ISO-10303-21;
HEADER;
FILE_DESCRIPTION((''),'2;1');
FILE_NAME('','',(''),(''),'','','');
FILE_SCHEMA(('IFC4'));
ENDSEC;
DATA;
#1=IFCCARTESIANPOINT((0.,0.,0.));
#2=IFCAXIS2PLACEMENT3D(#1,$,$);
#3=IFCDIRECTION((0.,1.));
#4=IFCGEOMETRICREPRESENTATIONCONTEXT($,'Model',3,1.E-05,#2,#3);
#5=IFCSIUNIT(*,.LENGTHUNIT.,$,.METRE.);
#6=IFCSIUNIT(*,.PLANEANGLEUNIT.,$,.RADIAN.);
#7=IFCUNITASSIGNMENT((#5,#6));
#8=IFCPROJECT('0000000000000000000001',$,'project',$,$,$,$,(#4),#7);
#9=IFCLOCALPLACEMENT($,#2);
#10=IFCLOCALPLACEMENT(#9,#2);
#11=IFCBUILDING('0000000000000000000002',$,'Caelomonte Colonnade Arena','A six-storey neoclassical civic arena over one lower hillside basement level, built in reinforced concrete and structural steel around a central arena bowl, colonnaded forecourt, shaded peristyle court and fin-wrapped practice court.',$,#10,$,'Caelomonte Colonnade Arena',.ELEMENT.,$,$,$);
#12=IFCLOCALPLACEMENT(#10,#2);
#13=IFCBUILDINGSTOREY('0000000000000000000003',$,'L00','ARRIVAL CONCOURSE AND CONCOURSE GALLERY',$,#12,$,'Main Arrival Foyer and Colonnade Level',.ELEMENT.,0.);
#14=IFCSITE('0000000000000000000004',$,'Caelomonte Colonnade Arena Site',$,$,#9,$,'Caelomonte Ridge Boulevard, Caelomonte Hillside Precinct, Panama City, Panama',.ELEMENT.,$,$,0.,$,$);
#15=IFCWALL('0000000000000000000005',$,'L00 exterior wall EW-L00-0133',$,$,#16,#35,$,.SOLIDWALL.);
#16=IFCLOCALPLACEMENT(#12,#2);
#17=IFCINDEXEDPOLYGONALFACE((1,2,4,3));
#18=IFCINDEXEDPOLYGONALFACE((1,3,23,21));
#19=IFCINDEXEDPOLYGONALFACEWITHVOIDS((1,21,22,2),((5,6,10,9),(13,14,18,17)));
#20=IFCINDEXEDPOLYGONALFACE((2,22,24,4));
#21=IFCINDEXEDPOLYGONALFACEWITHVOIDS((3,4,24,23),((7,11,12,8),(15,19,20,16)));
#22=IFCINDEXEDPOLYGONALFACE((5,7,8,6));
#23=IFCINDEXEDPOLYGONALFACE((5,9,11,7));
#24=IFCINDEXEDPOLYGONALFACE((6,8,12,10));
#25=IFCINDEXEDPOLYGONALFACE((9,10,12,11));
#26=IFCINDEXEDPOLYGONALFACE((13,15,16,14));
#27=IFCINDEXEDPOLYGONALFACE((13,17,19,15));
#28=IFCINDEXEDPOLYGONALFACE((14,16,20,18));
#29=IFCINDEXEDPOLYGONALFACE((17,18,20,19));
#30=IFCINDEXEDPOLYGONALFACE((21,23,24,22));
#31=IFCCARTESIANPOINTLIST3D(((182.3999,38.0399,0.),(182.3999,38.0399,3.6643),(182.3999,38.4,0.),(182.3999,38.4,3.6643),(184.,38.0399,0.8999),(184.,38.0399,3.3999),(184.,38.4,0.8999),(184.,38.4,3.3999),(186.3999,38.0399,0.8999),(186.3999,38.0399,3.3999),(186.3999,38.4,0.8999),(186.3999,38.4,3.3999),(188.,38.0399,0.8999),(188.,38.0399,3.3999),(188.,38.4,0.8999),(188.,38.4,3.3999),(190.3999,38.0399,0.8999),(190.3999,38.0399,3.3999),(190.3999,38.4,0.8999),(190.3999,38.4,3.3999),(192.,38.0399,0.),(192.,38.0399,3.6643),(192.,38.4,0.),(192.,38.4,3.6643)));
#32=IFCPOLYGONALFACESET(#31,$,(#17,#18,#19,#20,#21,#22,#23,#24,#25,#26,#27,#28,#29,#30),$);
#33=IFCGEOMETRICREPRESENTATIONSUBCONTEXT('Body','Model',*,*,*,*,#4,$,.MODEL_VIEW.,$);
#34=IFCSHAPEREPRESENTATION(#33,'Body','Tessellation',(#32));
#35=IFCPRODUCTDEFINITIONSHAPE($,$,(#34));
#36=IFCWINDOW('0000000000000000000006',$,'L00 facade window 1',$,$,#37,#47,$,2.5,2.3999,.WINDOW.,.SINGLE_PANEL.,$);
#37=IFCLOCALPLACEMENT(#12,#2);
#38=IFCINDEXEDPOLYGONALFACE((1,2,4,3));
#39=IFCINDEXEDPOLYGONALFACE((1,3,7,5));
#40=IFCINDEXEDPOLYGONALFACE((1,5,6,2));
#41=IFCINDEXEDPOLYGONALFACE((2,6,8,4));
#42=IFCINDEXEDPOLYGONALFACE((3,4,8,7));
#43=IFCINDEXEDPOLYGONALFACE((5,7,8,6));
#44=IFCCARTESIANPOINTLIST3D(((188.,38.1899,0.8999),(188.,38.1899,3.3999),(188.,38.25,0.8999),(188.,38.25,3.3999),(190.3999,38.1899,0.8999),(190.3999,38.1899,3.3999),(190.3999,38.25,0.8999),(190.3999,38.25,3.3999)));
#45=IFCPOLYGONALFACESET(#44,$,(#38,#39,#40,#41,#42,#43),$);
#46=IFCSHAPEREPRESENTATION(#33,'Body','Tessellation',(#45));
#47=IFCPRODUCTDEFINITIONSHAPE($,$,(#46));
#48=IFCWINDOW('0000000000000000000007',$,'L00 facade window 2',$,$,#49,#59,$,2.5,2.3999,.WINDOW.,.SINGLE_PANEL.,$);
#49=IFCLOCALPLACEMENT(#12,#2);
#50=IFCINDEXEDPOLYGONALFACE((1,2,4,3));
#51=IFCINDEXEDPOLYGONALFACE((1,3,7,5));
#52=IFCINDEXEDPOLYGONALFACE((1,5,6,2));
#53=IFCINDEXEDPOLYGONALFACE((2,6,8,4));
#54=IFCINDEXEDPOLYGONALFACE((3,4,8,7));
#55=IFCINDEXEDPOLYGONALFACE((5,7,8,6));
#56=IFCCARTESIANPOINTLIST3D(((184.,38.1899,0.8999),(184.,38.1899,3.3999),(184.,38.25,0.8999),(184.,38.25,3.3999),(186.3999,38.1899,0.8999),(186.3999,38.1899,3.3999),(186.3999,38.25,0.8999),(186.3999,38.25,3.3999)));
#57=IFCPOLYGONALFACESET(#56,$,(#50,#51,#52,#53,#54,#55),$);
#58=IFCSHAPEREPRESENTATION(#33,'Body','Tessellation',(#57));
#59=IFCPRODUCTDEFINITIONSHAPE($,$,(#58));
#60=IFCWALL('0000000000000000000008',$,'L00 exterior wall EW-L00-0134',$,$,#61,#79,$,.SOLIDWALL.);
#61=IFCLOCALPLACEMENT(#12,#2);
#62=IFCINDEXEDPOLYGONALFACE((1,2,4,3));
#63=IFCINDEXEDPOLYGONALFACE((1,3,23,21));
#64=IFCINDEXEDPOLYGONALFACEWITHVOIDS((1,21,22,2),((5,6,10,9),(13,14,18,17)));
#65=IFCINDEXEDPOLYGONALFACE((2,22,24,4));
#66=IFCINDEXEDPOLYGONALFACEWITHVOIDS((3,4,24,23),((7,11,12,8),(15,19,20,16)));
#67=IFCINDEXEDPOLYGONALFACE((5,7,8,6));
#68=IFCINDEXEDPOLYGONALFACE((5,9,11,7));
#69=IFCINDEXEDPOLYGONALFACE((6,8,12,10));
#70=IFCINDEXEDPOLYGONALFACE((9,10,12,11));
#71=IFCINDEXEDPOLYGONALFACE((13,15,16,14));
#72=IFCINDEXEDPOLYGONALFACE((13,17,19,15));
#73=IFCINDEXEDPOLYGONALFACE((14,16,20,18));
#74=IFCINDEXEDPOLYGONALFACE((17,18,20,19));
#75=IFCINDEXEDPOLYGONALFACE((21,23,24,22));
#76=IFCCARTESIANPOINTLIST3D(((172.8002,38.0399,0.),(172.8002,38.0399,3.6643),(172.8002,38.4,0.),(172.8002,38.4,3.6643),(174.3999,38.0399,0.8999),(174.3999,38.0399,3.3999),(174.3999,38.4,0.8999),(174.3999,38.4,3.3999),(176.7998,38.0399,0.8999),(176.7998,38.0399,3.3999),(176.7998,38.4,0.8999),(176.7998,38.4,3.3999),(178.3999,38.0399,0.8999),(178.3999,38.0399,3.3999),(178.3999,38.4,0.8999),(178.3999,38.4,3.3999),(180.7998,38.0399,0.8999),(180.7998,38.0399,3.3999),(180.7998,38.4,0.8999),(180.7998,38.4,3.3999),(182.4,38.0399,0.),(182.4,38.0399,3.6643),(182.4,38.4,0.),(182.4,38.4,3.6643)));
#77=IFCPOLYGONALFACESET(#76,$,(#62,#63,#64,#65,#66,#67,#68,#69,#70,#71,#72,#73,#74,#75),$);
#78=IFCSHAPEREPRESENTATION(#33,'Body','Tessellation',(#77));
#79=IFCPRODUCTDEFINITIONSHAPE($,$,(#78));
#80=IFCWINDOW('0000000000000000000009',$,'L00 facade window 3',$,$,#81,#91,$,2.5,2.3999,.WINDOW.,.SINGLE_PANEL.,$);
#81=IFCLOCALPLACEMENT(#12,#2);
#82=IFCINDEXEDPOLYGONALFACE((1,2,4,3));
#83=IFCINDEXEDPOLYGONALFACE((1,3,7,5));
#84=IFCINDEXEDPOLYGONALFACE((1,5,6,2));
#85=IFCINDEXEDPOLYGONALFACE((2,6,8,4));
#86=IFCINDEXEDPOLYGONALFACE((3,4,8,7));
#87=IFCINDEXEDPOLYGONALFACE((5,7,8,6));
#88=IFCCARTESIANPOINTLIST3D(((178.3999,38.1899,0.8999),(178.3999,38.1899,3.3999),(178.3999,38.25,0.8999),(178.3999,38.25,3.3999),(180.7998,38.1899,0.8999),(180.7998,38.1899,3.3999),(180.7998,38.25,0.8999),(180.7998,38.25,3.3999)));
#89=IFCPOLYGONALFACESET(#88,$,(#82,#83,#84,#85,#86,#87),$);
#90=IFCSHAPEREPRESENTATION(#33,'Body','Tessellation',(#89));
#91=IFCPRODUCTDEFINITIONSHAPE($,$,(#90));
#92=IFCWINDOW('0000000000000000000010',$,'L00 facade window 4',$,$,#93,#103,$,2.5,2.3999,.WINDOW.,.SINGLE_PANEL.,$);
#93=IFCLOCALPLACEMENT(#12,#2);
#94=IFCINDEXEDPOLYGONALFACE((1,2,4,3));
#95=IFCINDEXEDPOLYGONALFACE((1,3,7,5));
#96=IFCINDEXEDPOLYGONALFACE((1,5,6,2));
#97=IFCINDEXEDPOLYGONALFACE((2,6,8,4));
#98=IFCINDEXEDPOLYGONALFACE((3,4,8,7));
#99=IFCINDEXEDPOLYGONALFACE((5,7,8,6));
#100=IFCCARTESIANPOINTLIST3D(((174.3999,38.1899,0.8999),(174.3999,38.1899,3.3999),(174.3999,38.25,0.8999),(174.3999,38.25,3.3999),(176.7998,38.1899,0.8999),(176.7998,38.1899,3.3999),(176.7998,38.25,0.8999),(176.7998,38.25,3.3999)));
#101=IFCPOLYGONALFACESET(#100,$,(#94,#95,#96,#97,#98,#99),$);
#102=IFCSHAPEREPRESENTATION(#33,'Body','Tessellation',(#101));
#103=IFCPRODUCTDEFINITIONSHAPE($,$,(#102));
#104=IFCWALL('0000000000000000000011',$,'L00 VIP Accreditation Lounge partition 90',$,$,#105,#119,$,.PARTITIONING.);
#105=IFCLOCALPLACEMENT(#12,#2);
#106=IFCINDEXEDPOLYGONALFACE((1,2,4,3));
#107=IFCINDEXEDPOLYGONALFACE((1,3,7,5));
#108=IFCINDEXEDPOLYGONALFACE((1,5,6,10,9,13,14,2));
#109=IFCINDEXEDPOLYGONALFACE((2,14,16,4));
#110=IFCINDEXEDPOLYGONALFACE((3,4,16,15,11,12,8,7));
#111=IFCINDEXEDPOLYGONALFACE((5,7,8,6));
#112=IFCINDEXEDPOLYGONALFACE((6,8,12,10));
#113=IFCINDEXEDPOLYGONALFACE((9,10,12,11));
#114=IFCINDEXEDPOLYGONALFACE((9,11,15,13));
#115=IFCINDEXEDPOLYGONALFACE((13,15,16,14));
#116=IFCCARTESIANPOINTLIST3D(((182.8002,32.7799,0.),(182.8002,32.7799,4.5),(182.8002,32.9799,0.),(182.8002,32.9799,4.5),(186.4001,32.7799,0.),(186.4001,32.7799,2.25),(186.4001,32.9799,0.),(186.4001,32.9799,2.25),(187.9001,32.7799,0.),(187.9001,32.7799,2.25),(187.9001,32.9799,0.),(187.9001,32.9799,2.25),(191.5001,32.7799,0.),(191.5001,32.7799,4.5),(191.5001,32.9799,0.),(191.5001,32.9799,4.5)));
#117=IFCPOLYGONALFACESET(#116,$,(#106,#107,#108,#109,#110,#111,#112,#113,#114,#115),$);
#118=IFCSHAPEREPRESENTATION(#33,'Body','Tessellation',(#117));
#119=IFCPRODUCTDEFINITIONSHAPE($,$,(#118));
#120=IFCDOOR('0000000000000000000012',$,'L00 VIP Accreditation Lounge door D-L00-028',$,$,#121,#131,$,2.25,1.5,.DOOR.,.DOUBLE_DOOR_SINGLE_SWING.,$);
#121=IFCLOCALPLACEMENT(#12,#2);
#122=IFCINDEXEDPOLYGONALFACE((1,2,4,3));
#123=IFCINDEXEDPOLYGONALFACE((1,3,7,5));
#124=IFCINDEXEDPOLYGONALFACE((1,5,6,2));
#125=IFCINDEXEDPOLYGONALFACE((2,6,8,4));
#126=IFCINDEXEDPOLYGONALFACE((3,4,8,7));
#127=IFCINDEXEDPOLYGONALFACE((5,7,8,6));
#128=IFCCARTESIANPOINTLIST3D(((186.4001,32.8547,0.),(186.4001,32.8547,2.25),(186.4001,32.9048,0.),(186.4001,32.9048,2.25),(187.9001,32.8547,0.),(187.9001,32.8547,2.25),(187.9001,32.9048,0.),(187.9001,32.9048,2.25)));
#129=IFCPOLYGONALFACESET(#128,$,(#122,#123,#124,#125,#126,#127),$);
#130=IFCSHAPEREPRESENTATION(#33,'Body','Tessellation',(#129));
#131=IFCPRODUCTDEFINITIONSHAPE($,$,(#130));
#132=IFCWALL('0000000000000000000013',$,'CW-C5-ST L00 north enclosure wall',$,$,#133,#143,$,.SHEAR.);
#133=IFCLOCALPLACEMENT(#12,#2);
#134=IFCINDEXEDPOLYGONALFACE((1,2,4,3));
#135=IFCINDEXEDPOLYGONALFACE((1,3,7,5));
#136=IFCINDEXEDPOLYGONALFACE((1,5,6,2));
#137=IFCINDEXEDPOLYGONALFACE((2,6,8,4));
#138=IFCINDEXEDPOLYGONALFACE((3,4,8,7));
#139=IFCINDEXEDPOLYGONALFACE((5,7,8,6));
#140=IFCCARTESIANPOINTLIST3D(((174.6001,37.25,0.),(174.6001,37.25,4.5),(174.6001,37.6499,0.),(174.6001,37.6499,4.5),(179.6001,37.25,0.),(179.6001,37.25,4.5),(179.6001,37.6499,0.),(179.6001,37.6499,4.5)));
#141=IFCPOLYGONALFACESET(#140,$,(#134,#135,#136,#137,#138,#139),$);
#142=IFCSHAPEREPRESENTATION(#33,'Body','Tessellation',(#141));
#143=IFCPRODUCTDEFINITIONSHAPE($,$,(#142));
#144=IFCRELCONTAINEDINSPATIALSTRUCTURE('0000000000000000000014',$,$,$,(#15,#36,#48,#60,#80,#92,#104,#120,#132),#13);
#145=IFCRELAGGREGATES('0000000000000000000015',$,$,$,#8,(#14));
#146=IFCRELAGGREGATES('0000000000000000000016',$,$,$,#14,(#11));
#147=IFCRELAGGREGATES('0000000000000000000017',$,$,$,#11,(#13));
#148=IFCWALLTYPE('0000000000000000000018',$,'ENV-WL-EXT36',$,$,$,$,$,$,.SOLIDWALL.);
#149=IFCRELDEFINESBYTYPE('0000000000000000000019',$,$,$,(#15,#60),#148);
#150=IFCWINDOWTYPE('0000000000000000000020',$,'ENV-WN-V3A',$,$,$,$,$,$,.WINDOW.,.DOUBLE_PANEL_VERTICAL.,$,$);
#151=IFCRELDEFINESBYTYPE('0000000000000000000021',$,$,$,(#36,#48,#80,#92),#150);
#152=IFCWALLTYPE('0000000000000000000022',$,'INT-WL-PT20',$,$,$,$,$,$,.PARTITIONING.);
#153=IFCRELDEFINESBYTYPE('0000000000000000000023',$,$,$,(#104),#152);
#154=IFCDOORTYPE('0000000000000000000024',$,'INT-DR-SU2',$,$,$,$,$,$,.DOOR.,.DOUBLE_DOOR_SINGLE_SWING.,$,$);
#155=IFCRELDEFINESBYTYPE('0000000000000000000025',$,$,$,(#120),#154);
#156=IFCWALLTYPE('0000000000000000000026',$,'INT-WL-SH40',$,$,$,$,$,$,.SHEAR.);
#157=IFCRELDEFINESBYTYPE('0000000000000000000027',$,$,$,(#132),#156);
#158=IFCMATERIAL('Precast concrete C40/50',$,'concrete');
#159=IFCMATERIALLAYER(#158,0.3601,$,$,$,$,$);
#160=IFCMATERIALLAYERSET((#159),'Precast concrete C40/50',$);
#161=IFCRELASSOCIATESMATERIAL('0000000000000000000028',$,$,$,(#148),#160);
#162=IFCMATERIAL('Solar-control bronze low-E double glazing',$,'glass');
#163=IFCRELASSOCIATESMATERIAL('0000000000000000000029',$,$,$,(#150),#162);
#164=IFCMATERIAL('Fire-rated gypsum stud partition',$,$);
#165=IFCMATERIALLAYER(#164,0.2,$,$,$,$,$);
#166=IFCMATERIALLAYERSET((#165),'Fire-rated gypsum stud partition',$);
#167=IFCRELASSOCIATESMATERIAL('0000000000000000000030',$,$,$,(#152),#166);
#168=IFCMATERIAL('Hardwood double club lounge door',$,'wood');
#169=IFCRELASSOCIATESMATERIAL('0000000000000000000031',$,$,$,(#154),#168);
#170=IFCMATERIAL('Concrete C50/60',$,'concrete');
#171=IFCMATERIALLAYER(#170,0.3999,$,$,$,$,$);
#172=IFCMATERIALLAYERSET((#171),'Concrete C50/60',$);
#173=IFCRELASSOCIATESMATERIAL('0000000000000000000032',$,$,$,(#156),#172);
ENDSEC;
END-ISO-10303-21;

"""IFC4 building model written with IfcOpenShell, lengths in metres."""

from ifc_helpers import new_model, si_unit, direction, frame, frame_2d, origin, place, context, subcontext, project, spatial, rectangle, extrude, material, layer, layer_set, type_object, element, fill, save


model = new_model("IFC4")

# Units and contexts
model_context = context("Model", 3, precision=1e-05, world=origin(), true_north=direction((0.0, 1.0)))
body_context = subcontext(model_context, "Body", "Model", "MODEL_VIEW")
ifc_project = project(units=[si_unit("LENGTHUNIT", "METRE"), si_unit("PLANEANGLEUNIT", "RADIAN")], contexts=[model_context])

# Site, building, storey
site_placement = place(None, origin())
site = spatial("IfcSite", under=ifc_project, at=site_placement, Name="Caelomonte Colonnade Arena Site", LongName="Caelomonte Ridge Boulevard, Caelomonte Hillside Precinct, Panama City, Panama", CompositionType="ELEMENT", RefElevation=0.0)
building_placement = place(site_placement, origin())
building = spatial("IfcBuilding", under=site, at=building_placement, Name="Caelomonte Colonnade Arena", Description="A six-storey neoclassical civic arena over one lower hillside basement level, built in reinforced concrete and structural steel around a central arena bowl, colonnaded forecourt, shaded peristyle court and fin-wrapped practice court.", LongName="Caelomonte Colonnade Arena", CompositionType="ELEMENT")
storey_placement = place(building_placement, origin())
storey = spatial("IfcBuildingStorey", under=building, at=storey_placement, Name="L00", Description="ARRIVAL CONCOURSE AND CONCOURSE GALLERY", LongName="Main Arrival Foyer and Colonnade Level", CompositionType="ELEMENT", Elevation=0.0)

# Walls, openings, windows
ifc_material_1 = material(Name="Precast concrete C40/50", Category="concrete")
ifc_material_2 = material(Name="Solar-control bronze low-E double glazing", Category="glass")
ifc_layer_1 = layer(ifc_material_1, 0.3601)
ifc_layer_set_1 = layer_set([ifc_layer_1], Name="Precast concrete C40/50")
wall_type_1 = type_object("IfcWallType", Name="ENV-WL-EXT36", PredefinedType="SOLIDWALL", material=ifc_layer_set_1)
wall_1_placement = place(storey_placement, frame((192.0, 38.22, 0.0), z_axis=(0.0, 0.0, 1.0), x_axis=(-1.0, 0.0, 0.0)))
wall_1 = element("IfcWall", 1, at=wall_1_placement, inside=storey, type_object=wall_type_1, Name="L00 exterior wall EW-L00-0133", PredefinedType="SOLIDWALL", context=body_context, shape_type="SweptSolid", body=[
    extrude(rectangle(XDim=9.6001, YDim=0.3601, at=frame_2d((4.8, 0.0))), origin(), (0.0, 0.0, 1.0), 3.6643),
])
opening_1_placement = place(wall_1_placement, frame((4.0, 0.0, 0.8999), z_axis=(0.0, 0.0, 1.0), x_axis=(-1.0, 0.0, 0.0)))
opening_1 = element("IfcOpeningElement", 2, at=opening_1_placement, cuts=wall_1, PredefinedType="OPENING", context=body_context, shape_type="SweptSolid", body=[
    extrude(rectangle(XDim=2.3999, YDim=2.5, at=frame_2d((1.2, 1.25))), frame((0.0, 0.1899, 0.0), z_axis=(0.0, -1.0, 0.0), x_axis=(1.0, 0.0, 0.0)), (0.0, 0.0, 1.0), 0.3801),
])
opening_2_placement = place(wall_1_placement, frame((8.0, 0.0, 0.8999), z_axis=(0.0, 0.0, 1.0), x_axis=(-1.0, 0.0, 0.0)))
opening_2 = element("IfcOpeningElement", 3, at=opening_2_placement, cuts=wall_1, PredefinedType="OPENING", context=body_context, shape_type="SweptSolid", body=[
    extrude(rectangle(XDim=2.3999, YDim=2.5, at=frame_2d((1.2, 1.25))), frame((0.0, 0.1899, 0.0), z_axis=(0.0, -1.0, 0.0), x_axis=(1.0, 0.0, 0.0)), (0.0, 0.0, 1.0), 0.3801),
])
window_type_1 = type_object("IfcWindowType", Name="ENV-WN-V3A", PartitioningType="DOUBLE_PANEL_VERTICAL", PredefinedType="WINDOW", material=ifc_material_2)
window_1_placement = place(opening_1_placement, origin())
window_1 = element("IfcWindow", 4, at=window_1_placement, inside=storey, type_object=window_type_1, Name="L00 facade window 1", OverallHeight=2.5, OverallWidth=2.3999, PartitioningType="SINGLE_PANEL", PredefinedType="WINDOW", context=body_context, shape_type="SweptSolid", body=[
    extrude(rectangle(XDim=2.3999, YDim=2.5, at=frame_2d((1.2, 1.25))), frame((0.0, 0.03, 0.0), z_axis=(0.0, -1.0, 0.0), x_axis=(1.0, 0.0, 0.0)), (0.0, 0.0, 1.0), 0.0601),
])
fill(opening_1, window_1)
window_2_placement = place(opening_2_placement, origin())
window_2 = element("IfcWindow", 5, at=window_2_placement, inside=storey, type_object=window_type_1, Name="L00 facade window 2", OverallHeight=2.5, OverallWidth=2.3999, PartitioningType="SINGLE_PANEL", PredefinedType="WINDOW", context=body_context, shape_type="SweptSolid", body=[
    extrude(rectangle(XDim=2.3999, YDim=2.5, at=frame_2d((1.2, 1.25))), frame((0.0, 0.03, 0.0), z_axis=(0.0, -1.0, 0.0), x_axis=(1.0, 0.0, 0.0)), (0.0, 0.0, 1.0), 0.0601),
])
fill(opening_2, window_2)
wall_2_placement = place(storey_placement, frame((182.3999, 38.22, 0.0), z_axis=(0.0, 0.0, 1.0), x_axis=(-1.0, 0.0, 0.0)))
wall_2 = element("IfcWall", 6, at=wall_2_placement, inside=storey, type_object=wall_type_1, Name="L00 exterior wall EW-L00-0134", PredefinedType="SOLIDWALL", context=body_context, shape_type="SweptSolid", body=[
    extrude(rectangle(XDim=9.5999, YDim=0.3601, at=frame_2d((4.7998, 0.0))), origin(), (0.0, 0.0, 1.0), 3.6643),
])
opening_3_placement = place(wall_2_placement, frame((4.0, 0.0, 0.8999), z_axis=(0.0, 0.0, 1.0), x_axis=(-1.0, 0.0, 0.0)))
opening_3 = element("IfcOpeningElement", 7, at=opening_3_placement, cuts=wall_2, PredefinedType="OPENING", context=body_context, shape_type="SweptSolid", body=[
    extrude(rectangle(XDim=2.3999, YDim=2.5, at=frame_2d((1.2, 1.25))), frame((0.0, 0.1899, 0.0), z_axis=(0.0, -1.0, 0.0), x_axis=(1.0, 0.0, 0.0)), (0.0, 0.0, 1.0), 0.3801),
])
opening_4_placement = place(wall_2_placement, frame((8.0, 0.0, 0.8999), z_axis=(0.0, 0.0, 1.0), x_axis=(-1.0, 0.0, 0.0)))
opening_4 = element("IfcOpeningElement", 8, at=opening_4_placement, cuts=wall_2, PredefinedType="OPENING", context=body_context, shape_type="SweptSolid", body=[
    extrude(rectangle(XDim=2.3999, YDim=2.5, at=frame_2d((1.2, 1.25))), frame((0.0, 0.1899, 0.0), z_axis=(0.0, -1.0, 0.0), x_axis=(1.0, 0.0, 0.0)), (0.0, 0.0, 1.0), 0.3801),
])
window_3_placement = place(opening_3_placement, origin())
window_3 = element("IfcWindow", 9, at=window_3_placement, inside=storey, type_object=window_type_1, Name="L00 facade window 3", OverallHeight=2.5, OverallWidth=2.3999, PartitioningType="SINGLE_PANEL", PredefinedType="WINDOW", context=body_context, shape_type="SweptSolid", body=[
    extrude(rectangle(XDim=2.3999, YDim=2.5, at=frame_2d((1.2, 1.25))), frame((0.0, 0.03, 0.0), z_axis=(0.0, -1.0, 0.0), x_axis=(1.0, 0.0, 0.0)), (0.0, 0.0, 1.0), 0.0601),
])
fill(opening_3, window_3)
window_4_placement = place(opening_4_placement, origin())
window_4 = element("IfcWindow", 10, at=window_4_placement, inside=storey, type_object=window_type_1, Name="L00 facade window 4", OverallHeight=2.5, OverallWidth=2.3999, PartitioningType="SINGLE_PANEL", PredefinedType="WINDOW", context=body_context, shape_type="SweptSolid", body=[
    extrude(rectangle(XDim=2.3999, YDim=2.5, at=frame_2d((1.2, 1.25))), frame((0.0, 0.03, 0.0), z_axis=(0.0, -1.0, 0.0), x_axis=(1.0, 0.0, 0.0)), (0.0, 0.0, 1.0), 0.0601),
])
fill(opening_4, window_4)

# Wall, opening, door
ifc_material_3 = material(Name="Fire-rated gypsum stud partition")
ifc_layer_2 = layer(ifc_material_3, 0.2)
ifc_layer_set_2 = layer_set([ifc_layer_2], Name="Fire-rated gypsum stud partition")
wall_type_2 = type_object("IfcWallType", Name="INT-WL-PT20", PredefinedType="PARTITIONING", material=ifc_layer_set_2)
wall_3_placement = place(storey_placement, frame((182.8, 32.8799, 0.0), z_axis=(0.0, 0.0, 1.0), x_axis=(1.0, 0.0, 0.0)))
wall_3 = element("IfcWall", 11, at=wall_3_placement, inside=storey, type_object=wall_type_2, Name="L00 VIP Accreditation Lounge partition 90", PredefinedType="PARTITIONING", context=body_context, shape_type="SweptSolid", body=[
    extrude(rectangle(XDim=8.7, YDim=0.2, at=frame_2d((4.3501, 0.0))), origin(), (0.0, 0.0, 1.0), 4.5),
])
opening_5_placement = place(wall_3_placement, frame((3.6001, 0.0, 0.0), z_axis=(0.0, 0.0, 1.0), x_axis=(1.0, 0.0, 0.0)))
opening_5 = element("IfcOpeningElement", 12, at=opening_5_placement, cuts=wall_3, PredefinedType="OPENING", context=body_context, shape_type="SweptSolid", body=[
    extrude(rectangle(XDim=1.5, YDim=2.25, at=frame_2d((0.75, 1.125))), frame((0.0, 0.1099, 0.0), z_axis=(0.0, -1.0, 0.0), x_axis=(1.0, 0.0, 0.0)), (0.0, 0.0, 1.0), 0.22),
])
ifc_material_4 = material(Name="Hardwood double club lounge door", Category="wood")
door_type = type_object("IfcDoorType", Name="INT-DR-SU2", OperationType="DOUBLE_DOOR_SINGLE_SWING", PredefinedType="DOOR", material=ifc_material_4)
door_placement = place(opening_5_placement, origin())
door = element("IfcDoor", 13, at=door_placement, inside=storey, type_object=door_type, Name="L00 VIP Accreditation Lounge door D-L00-028", OperationType="DOUBLE_DOOR_SINGLE_SWING", OverallHeight=2.25, OverallWidth=1.5, PredefinedType="DOOR", context=body_context, shape_type="SweptSolid", body=[
    extrude(rectangle(XDim=1.5, YDim=2.25, at=frame_2d((0.75, 1.125))), frame((0.0, 0.0249, 0.0), z_axis=(0.0, -1.0, 0.0), x_axis=(1.0, 0.0, 0.0)), (0.0, 0.0, 1.0), 0.05),
])
fill(opening_5, door)

# Wall
ifc_material_5 = material(Name="Concrete C50/60", Category="concrete")
ifc_layer_3 = layer(ifc_material_5, 0.3999)
ifc_layer_set_3 = layer_set([ifc_layer_3], Name="Concrete C50/60")
wall_type_3 = type_object("IfcWallType", Name="INT-WL-SH40", PredefinedType="SHEAR", material=ifc_layer_set_3)
wall_4_placement = place(storey_placement, frame((179.6001, 37.45, 0.0), z_axis=(0.0, 0.0, 1.0), x_axis=(-1.0, 0.0, 0.0)))
element("IfcWall", 14, at=wall_4_placement, inside=storey, type_object=wall_type_3, Name="CW-C5-ST L00 north enclosure wall", PredefinedType="SHEAR", context=body_context, shape_type="SweptSolid", body=[
    extrude(rectangle(XDim=5.0, YDim=0.3999, at=frame_2d((2.5, 0.0))), origin(), (0.0, 0.0, 1.0), 4.5),
])

save(model, "model.ifc")
